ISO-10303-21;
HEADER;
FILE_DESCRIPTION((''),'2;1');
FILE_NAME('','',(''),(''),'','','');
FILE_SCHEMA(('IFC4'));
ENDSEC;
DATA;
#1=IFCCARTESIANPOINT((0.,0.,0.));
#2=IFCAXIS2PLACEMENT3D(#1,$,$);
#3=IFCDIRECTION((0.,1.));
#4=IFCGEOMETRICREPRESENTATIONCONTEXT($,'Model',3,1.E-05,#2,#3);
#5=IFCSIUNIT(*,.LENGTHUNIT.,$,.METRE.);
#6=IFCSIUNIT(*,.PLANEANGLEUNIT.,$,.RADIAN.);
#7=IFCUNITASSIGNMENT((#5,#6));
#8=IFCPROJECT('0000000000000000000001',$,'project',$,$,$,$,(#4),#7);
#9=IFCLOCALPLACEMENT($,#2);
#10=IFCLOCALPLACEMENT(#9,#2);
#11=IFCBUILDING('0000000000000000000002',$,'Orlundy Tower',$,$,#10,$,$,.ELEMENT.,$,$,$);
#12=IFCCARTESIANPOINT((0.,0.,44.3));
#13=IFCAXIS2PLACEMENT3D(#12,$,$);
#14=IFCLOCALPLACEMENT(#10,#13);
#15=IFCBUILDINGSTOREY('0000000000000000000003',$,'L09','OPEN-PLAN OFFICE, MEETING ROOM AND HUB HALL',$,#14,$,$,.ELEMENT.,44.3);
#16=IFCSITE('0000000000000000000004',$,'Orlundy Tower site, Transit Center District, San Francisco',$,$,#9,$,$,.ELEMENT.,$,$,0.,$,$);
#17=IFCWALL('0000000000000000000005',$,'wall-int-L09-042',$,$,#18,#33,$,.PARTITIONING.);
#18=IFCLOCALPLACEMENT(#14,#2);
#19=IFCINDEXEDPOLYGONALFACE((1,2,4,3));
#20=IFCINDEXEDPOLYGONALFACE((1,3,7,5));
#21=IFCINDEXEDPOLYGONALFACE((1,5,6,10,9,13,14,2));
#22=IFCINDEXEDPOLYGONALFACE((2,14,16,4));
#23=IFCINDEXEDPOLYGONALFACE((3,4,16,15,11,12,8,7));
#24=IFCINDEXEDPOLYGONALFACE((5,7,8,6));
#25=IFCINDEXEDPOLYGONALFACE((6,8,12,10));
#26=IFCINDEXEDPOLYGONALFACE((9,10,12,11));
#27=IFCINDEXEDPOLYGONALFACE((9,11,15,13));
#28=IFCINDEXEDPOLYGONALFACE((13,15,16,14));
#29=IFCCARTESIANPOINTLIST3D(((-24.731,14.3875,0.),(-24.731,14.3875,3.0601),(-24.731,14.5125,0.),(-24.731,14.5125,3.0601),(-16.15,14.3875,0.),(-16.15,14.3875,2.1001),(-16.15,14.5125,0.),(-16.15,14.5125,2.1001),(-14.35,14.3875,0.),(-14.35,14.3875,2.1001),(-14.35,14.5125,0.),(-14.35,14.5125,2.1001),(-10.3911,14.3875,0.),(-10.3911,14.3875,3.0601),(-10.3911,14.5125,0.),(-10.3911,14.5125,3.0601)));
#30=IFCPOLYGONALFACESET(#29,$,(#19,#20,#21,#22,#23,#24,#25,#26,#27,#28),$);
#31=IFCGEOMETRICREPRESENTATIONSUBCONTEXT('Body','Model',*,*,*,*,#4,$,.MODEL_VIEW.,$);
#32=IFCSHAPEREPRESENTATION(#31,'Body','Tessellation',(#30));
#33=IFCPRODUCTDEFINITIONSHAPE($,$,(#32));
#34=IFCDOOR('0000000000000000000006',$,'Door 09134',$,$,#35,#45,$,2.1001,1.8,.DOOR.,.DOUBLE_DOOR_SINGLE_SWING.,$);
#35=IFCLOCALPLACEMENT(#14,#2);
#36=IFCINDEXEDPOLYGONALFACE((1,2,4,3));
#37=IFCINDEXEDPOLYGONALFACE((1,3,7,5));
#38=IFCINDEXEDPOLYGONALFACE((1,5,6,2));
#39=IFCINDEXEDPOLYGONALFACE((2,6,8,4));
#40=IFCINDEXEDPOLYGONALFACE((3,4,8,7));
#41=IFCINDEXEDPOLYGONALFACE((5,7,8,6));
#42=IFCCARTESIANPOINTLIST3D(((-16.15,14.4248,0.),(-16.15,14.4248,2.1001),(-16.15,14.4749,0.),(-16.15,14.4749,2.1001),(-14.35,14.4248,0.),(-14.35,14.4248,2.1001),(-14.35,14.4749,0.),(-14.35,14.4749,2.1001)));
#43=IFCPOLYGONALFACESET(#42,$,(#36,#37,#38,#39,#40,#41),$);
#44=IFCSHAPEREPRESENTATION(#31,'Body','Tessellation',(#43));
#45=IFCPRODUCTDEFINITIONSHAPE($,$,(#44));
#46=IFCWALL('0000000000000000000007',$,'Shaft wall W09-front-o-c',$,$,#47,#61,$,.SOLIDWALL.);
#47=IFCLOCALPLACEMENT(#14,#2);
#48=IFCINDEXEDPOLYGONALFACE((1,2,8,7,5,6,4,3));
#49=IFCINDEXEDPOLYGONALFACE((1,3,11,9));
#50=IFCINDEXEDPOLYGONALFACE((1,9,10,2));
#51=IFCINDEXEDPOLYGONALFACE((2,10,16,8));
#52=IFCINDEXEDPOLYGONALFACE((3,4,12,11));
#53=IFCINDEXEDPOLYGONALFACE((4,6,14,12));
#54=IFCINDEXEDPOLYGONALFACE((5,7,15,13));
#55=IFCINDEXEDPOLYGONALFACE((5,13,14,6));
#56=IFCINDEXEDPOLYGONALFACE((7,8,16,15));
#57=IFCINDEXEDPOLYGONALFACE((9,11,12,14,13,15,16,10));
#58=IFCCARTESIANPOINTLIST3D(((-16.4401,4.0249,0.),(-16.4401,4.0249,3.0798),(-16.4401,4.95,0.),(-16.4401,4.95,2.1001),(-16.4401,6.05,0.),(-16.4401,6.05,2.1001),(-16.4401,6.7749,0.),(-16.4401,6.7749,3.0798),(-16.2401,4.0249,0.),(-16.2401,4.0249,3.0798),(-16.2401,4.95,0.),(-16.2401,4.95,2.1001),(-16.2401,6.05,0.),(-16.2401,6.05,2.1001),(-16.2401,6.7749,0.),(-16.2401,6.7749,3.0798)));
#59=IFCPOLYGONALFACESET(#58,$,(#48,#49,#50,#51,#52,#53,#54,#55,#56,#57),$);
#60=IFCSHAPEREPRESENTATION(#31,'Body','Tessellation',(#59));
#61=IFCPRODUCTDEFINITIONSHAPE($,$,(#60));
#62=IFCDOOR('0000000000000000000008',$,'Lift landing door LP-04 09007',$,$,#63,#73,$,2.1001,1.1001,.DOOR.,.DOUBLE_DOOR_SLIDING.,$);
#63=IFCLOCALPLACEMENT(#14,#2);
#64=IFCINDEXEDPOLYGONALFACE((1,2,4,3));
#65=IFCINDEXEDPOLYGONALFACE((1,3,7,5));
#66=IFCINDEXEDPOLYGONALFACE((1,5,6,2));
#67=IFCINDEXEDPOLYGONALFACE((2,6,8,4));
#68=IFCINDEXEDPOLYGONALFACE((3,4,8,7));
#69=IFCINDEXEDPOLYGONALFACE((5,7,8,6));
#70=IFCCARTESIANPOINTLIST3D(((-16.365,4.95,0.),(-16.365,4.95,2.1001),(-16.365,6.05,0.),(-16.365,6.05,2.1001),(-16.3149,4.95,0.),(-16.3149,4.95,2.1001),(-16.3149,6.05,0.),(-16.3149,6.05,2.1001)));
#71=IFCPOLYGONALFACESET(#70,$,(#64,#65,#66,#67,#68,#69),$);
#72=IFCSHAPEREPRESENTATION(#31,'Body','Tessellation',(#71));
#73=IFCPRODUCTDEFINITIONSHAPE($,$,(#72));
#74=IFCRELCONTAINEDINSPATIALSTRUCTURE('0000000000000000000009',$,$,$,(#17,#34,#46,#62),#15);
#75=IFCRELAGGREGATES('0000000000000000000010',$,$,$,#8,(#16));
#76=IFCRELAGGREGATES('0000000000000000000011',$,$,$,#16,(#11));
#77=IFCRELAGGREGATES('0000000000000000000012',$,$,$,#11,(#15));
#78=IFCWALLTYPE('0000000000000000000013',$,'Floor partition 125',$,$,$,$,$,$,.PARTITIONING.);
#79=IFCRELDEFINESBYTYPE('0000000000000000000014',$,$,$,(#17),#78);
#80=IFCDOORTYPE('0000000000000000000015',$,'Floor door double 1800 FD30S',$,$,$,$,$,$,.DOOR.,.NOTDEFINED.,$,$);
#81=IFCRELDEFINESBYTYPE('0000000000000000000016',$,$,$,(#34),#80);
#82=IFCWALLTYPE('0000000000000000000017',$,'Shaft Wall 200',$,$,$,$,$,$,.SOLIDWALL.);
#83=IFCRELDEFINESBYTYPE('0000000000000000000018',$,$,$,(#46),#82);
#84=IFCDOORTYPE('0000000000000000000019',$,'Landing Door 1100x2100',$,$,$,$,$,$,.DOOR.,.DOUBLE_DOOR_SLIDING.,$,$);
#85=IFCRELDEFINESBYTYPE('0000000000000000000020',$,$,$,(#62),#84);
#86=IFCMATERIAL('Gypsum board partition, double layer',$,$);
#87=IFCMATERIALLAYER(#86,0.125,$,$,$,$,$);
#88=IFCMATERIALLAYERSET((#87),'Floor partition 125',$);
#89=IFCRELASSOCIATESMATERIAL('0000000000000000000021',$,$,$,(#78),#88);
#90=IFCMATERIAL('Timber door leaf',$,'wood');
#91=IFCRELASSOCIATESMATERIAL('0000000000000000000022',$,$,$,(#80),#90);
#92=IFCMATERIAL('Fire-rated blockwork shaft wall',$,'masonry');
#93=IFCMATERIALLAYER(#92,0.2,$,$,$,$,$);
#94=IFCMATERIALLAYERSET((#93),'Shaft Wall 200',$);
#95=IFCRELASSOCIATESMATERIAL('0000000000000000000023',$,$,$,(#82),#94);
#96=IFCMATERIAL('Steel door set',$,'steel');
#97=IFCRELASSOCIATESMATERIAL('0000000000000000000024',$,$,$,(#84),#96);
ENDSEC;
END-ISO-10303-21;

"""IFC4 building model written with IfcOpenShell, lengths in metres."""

from ifc_helpers import new_model, si_unit, direction, frame, frame_2d, origin, place, context, subcontext, project, spatial, rectangle, extrude, material, layer, layer_set, type_object, element, fill, save


model = new_model("IFC4")

# Units and contexts
model_context = context("Model", 3, precision=1e-05, world=origin(), true_north=direction((0.0, 1.0)))
body_context = subcontext(model_context, "Body", "Model", "MODEL_VIEW")
ifc_project = project(units=[si_unit("LENGTHUNIT", "METRE"), si_unit("PLANEANGLEUNIT", "RADIAN")], contexts=[model_context])

# Site, building, storey
site_placement = place(None, origin())
site = spatial("IfcSite", under=ifc_project, at=site_placement, Name="Orlundy Tower site, Transit Center District, San Francisco", CompositionType="ELEMENT", RefElevation=0.0)
building_placement = place(site_placement, origin())
building = spatial("IfcBuilding", under=site, at=building_placement, Name="Orlundy Tower", CompositionType="ELEMENT")
storey_placement = place(building_placement, frame((0.0, 0.0, 44.3)))
storey = spatial("IfcBuildingStorey", under=building, at=storey_placement, Name="L09", Description="OPEN-PLAN OFFICE, MEETING ROOM AND HUB HALL", CompositionType="ELEMENT", Elevation=44.3)

# Walls, openings, doors
ifc_material_1 = material(Name="Gypsum board partition, double layer")
ifc_layer_1 = layer(ifc_material_1, 0.125)
ifc_layer_set_1 = layer_set([ifc_layer_1], Name="Floor partition 125")
wall_type_1 = type_object("IfcWallType", Name="Floor partition 125", PredefinedType="PARTITIONING", material=ifc_layer_set_1)
wall_1_placement = place(storey_placement, frame((-24.731, 14.45, 0.0), z_axis=(0.0, 0.0, 1.0), x_axis=(1.0, 0.0, 0.0)))
wall_1 = element("IfcWall", 1, at=wall_1_placement, inside=storey, type_object=wall_type_1, Name="wall-int-L09-042", PredefinedType="PARTITIONING", context=body_context, shape_type="SweptSolid", body=[
    extrude(rectangle(XDim=14.3398, YDim=0.125, at=frame_2d((7.1699, 0.0))), origin(), (0.0, 0.0, 1.0), 3.0601),
])
opening_1_placement = place(wall_1_placement, frame((8.5811, 0.0, 0.0)))
opening_1 = element("IfcOpeningElement", 2, at=opening_1_placement, cuts=wall_1, PredefinedType="OPENING", context=body_context, shape_type="SweptSolid", body=[
    extrude(rectangle(XDim=1.8, YDim=2.1001, at=frame_2d((0.8999, 1.05))), frame((0.0, 0.0725, 0.0), z_axis=(0.0, -1.0, 0.0), x_axis=(1.0, 0.0, 0.0)), (0.0, 0.0, 1.0), 0.145),
])
ifc_material_2 = material(Name="Timber door leaf", Category="wood")
door_type_1 = type_object("IfcDoorType", Name="Floor door double 1800 FD30S", OperationType="NOTDEFINED", PredefinedType="DOOR", material=ifc_material_2)
door_1_placement = place(opening_1_placement, origin())
door_1 = element("IfcDoor", 3, at=door_1_placement, inside=storey, type_object=door_type_1, Name="Door 09134", OperationType="DOUBLE_DOOR_SINGLE_SWING", OverallHeight=2.1001, OverallWidth=1.8, PredefinedType="DOOR", context=body_context, shape_type="SweptSolid", body=[
    extrude(rectangle(XDim=1.8, YDim=2.1001, at=frame_2d((0.8999, 1.05))), frame((0.0, 0.0249, 0.0), z_axis=(0.0, -1.0, 0.0), x_axis=(1.0, 0.0, 0.0)), (0.0, 0.0, 1.0), 0.05),
])
fill(opening_1, door_1)
ifc_material_3 = material(Name="Fire-rated blockwork shaft wall", Category="masonry")
ifc_layer_2 = layer(ifc_material_3, 0.2)
ifc_layer_set_2 = layer_set([ifc_layer_2], Name="Shaft Wall 200")
wall_type_2 = type_object("IfcWallType", Name="Shaft Wall 200", PredefinedType="SOLIDWALL", material=ifc_layer_set_2)
wall_2_placement = place(storey_placement, frame((-16.3401, 4.0249, 0.0), z_axis=(0.0, 0.0, 1.0), x_axis=(0.0, 1.0, 0.0)))
wall_2 = element("IfcWall", 4, at=wall_2_placement, inside=storey, type_object=wall_type_2, Name="Shaft wall W09-front-o-c", PredefinedType="SOLIDWALL", context=body_context, shape_type="SweptSolid", body=[
    extrude(rectangle(XDim=2.75, YDim=0.2, at=frame_2d((1.375, 0.0))), origin(), (0.0, 0.0, 1.0), 3.0798),
])
opening_2_placement = place(wall_2_placement, frame((0.925, 0.0, 0.0)))
opening_2 = element("IfcOpeningElement", 5, at=opening_2_placement, cuts=wall_2, PredefinedType="OPENING", context=body_context, shape_type="SweptSolid", body=[
    extrude(rectangle(XDim=1.1001, YDim=2.1001, at=frame_2d((0.55, 1.05))), frame((0.0, 0.1101, 0.0), z_axis=(0.0, -1.0, 0.0), x_axis=(1.0, 0.0, 0.0)), (0.0, 0.0, 1.0), 0.2202),
])
ifc_material_4 = material(Name="Steel door set", Category="steel")
door_type_2 = type_object("IfcDoorType", Name="Landing Door 1100x2100", OperationType="DOUBLE_DOOR_SLIDING", PredefinedType="DOOR", material=ifc_material_4)
door_2_placement = place(opening_2_placement, origin())
door_2 = element("IfcDoor", 6, at=door_2_placement, inside=storey, type_object=door_type_2, Name="Lift landing door LP-04 09007", OperationType="DOUBLE_DOOR_SLIDING", OverallHeight=2.1001, OverallWidth=1.1001, PredefinedType="DOOR", context=body_context, shape_type="SweptSolid", body=[
    extrude(rectangle(XDim=1.1001, YDim=2.1001, at=frame_2d((0.55, 1.05))), frame((0.0, 0.0249, 0.0), z_axis=(0.0, -1.0, 0.0), x_axis=(1.0, 0.0, 0.0)), (0.0, 0.0, 1.0), 0.05),
])
fill(opening_2, door_2)

save(model, "model.ifc")
